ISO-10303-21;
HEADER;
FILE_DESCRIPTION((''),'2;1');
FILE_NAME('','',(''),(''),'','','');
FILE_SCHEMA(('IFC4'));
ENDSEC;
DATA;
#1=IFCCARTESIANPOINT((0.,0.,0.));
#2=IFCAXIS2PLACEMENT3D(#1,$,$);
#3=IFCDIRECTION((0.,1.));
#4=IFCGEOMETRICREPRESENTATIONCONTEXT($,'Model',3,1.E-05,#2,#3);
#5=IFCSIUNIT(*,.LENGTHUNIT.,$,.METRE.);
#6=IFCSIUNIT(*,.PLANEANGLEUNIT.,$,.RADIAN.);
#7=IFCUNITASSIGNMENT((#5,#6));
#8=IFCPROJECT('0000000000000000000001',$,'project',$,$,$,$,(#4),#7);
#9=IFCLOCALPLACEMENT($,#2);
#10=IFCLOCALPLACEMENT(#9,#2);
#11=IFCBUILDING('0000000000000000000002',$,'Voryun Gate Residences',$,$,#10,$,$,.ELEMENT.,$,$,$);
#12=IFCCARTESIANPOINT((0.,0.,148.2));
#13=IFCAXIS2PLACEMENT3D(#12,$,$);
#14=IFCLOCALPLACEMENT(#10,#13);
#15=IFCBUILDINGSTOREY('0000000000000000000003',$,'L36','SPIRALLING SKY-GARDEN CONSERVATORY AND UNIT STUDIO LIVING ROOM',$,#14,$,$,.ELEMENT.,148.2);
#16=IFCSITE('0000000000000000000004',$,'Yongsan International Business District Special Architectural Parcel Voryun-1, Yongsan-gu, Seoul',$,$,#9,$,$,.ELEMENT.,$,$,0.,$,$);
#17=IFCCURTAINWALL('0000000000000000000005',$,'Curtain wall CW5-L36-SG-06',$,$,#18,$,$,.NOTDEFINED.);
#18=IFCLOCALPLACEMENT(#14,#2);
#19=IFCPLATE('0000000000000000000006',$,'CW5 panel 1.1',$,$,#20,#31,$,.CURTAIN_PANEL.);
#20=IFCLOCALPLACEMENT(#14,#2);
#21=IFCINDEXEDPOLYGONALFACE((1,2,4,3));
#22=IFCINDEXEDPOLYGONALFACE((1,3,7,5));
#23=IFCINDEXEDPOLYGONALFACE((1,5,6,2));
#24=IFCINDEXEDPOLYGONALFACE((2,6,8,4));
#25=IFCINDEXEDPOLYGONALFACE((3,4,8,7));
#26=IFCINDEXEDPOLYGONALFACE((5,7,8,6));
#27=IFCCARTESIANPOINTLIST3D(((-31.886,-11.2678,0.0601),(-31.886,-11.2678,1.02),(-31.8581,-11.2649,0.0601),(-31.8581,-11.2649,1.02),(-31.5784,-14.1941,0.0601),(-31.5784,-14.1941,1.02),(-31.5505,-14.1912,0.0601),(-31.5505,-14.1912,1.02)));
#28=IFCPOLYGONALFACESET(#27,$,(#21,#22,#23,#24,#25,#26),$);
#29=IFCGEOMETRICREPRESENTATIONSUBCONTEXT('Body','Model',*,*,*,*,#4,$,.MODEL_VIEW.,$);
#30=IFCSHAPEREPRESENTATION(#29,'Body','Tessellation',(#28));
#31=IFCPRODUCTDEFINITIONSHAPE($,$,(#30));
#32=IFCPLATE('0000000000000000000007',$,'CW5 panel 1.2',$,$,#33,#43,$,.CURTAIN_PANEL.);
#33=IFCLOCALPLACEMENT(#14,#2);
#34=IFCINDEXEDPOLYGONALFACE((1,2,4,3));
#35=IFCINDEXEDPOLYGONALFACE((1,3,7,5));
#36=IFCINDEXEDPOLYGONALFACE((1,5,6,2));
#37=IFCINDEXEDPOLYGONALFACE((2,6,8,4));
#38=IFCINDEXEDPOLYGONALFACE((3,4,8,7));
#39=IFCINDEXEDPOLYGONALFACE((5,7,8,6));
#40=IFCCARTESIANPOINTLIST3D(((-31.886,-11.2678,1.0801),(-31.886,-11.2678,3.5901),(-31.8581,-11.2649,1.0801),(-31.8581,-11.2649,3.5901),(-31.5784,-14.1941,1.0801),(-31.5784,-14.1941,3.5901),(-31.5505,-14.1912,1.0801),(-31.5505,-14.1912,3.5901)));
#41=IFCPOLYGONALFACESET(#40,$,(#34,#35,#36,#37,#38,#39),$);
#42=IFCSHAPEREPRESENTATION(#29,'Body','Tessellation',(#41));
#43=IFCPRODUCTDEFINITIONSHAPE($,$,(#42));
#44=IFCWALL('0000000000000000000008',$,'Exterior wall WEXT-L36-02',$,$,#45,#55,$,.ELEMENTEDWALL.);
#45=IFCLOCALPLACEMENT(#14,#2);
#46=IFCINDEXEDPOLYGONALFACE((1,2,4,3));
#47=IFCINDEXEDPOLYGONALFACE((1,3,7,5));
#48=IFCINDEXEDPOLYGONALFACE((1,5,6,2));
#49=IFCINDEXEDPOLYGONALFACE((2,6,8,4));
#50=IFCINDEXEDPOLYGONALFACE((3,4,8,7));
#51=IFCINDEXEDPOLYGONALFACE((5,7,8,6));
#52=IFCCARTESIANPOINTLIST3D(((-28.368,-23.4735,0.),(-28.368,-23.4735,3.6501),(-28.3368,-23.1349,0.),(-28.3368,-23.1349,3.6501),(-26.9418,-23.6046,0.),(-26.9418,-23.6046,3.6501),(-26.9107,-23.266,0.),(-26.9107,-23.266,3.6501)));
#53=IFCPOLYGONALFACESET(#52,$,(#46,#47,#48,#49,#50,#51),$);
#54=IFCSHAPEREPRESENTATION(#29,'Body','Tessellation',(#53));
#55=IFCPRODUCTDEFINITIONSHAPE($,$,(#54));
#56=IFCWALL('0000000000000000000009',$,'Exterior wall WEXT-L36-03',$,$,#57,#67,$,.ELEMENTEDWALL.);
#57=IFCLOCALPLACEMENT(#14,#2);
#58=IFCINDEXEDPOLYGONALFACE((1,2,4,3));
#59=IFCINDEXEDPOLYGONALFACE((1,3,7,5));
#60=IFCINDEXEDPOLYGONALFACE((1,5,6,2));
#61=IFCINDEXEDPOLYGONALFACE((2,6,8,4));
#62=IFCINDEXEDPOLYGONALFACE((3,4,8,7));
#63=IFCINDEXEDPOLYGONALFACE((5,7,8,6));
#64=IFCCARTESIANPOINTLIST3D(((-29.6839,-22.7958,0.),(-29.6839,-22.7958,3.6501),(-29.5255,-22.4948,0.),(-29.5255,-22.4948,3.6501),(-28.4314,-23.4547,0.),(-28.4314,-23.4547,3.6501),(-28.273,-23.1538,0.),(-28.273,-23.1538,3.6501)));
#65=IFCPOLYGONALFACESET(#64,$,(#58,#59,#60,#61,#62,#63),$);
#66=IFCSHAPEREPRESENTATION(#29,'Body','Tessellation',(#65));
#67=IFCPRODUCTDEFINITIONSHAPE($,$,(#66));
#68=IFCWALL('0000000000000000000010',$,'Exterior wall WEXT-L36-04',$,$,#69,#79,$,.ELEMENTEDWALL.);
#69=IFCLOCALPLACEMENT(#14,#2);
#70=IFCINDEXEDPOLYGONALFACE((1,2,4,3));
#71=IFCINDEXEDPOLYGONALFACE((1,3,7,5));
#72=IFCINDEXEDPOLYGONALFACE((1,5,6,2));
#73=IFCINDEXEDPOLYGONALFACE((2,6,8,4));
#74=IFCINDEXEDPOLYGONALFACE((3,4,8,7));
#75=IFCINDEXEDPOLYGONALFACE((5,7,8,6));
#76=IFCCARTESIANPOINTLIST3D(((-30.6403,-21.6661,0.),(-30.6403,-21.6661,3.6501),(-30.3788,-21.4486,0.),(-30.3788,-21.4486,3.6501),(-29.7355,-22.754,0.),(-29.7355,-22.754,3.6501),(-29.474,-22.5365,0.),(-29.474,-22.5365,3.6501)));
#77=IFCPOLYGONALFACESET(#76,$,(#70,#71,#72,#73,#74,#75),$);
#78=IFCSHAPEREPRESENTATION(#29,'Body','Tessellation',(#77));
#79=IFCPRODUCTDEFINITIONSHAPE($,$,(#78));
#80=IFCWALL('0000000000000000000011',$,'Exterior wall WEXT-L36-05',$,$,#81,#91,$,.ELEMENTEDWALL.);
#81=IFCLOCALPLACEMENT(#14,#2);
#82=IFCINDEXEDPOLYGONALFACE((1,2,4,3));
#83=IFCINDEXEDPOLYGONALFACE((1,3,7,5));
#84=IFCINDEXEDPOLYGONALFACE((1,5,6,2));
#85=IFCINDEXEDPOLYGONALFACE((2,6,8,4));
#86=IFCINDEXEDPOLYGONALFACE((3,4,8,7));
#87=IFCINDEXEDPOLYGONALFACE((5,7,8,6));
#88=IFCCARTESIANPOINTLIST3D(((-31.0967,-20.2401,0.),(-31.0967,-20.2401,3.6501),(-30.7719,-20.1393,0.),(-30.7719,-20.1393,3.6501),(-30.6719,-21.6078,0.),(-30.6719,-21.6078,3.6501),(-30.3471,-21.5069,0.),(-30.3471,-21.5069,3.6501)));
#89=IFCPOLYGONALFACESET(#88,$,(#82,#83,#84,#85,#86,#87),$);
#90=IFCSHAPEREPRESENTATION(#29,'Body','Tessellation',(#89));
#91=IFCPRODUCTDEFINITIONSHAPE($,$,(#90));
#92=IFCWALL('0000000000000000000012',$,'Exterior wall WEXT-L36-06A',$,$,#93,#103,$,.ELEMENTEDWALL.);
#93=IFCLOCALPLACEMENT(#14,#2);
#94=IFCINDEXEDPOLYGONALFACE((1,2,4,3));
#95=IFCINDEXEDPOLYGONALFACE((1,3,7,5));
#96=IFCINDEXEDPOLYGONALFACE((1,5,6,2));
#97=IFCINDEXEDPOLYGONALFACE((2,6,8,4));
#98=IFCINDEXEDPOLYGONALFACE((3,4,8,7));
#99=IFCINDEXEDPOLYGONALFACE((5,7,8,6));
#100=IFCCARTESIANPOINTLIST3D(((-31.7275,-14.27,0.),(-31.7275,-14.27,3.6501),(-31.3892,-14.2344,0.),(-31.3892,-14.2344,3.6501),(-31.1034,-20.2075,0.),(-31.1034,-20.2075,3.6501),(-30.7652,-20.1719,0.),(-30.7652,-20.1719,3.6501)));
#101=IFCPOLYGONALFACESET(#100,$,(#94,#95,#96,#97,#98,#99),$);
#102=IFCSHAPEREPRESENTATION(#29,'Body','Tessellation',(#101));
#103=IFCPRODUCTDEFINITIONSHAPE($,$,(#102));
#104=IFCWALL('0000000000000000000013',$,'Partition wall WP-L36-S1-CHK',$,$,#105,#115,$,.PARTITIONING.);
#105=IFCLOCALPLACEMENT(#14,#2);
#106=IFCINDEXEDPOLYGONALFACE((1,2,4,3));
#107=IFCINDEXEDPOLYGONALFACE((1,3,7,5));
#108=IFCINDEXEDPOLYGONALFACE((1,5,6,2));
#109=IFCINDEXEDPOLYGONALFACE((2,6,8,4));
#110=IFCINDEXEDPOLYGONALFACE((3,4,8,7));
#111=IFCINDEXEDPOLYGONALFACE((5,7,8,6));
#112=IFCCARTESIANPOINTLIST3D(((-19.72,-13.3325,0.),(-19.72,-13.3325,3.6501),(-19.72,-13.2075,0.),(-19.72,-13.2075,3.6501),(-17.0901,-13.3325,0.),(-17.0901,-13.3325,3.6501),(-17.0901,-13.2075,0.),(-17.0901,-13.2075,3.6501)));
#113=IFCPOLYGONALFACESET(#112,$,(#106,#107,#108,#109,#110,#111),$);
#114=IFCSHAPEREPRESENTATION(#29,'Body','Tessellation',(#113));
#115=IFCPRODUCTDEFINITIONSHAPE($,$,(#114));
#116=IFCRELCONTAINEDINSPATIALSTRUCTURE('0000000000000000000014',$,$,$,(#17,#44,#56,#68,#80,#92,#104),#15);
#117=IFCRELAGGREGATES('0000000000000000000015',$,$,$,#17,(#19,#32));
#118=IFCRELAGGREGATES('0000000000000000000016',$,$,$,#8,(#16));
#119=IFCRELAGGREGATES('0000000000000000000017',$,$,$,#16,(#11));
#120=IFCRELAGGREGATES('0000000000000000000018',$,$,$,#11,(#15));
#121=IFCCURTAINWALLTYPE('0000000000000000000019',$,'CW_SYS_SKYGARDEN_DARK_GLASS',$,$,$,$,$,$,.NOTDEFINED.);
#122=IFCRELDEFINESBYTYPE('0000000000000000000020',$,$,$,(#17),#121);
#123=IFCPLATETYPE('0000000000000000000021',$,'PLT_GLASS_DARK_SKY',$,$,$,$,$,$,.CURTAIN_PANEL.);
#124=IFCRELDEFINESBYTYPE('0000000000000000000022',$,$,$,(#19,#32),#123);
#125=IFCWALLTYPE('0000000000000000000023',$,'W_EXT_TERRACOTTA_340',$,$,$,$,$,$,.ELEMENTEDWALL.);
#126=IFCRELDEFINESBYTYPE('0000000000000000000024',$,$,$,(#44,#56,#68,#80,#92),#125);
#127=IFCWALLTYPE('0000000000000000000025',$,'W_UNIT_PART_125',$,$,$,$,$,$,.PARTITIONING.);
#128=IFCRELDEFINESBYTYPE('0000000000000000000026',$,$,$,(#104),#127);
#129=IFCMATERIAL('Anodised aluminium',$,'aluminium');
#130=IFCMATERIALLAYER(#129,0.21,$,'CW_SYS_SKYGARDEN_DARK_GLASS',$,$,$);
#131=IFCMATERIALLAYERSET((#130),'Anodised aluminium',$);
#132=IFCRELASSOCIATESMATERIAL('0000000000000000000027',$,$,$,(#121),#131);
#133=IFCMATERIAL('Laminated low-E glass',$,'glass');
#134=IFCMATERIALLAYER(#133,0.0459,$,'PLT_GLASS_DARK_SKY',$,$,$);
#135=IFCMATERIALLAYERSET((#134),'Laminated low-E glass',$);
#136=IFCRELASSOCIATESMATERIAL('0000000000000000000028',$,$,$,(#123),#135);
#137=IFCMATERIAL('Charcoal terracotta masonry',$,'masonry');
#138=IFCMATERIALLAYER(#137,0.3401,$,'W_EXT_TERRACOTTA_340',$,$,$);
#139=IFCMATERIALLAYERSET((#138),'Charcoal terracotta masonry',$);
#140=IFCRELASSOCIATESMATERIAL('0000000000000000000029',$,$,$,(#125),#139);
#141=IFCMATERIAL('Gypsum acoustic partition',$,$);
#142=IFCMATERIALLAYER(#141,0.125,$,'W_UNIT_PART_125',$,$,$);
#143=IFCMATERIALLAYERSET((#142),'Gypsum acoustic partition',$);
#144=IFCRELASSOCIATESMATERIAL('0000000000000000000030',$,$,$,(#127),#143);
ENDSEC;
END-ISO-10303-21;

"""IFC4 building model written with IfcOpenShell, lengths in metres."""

from ifc_helpers import new_model, si_unit, direction, frame, frame_2d, origin, origin_2d, place, context, subcontext, project, spatial, rectangle, extrude, material, layer, layer_set, type_object, element, aggregate, save


model = new_model("IFC4")

# Units and contexts
model_context = context("Model", 3, precision=1e-05, world=origin(), true_north=direction((0.0, 1.0)))
body_context = subcontext(model_context, "Body", "Model", "MODEL_VIEW")
ifc_project = project(units=[si_unit("LENGTHUNIT", "METRE"), si_unit("PLANEANGLEUNIT", "RADIAN")], contexts=[model_context])

# Site, building, storey
site_placement = place(None, origin())
site = spatial("IfcSite", under=ifc_project, at=site_placement, Name="Yongsan International Business District Special Architectural Parcel Voryun-1, Yongsan-gu, Seoul", CompositionType="ELEMENT", RefElevation=0.0)
building_placement = place(site_placement, origin())
building = spatial("IfcBuilding", under=site, at=building_placement, Name="Voryun Gate Residences", CompositionType="ELEMENT")
storey_placement = place(building_placement, frame((0.0, 0.0, 148.2)))
storey = spatial("IfcBuildingStorey", under=building, at=storey_placement, Name="L36", Description="SPIRALLING SKY-GARDEN CONSERVATORY AND UNIT STUDIO LIVING ROOM", CompositionType="ELEMENT", Elevation=148.2)

# Curtain wall, plates
ifc_material_1 = material(Name="Anodised aluminium", Category="aluminium")
ifc_layer_1 = layer(ifc_material_1, 0.21, Name="CW_SYS_SKYGARDEN_DARK_GLASS")
ifc_layer_set_1 = layer_set([ifc_layer_1], Name="Anodised aluminium")
curtain_wall_type = type_object("IfcCurtainWallType", Name="CW_SYS_SKYGARDEN_DARK_GLASS", PredefinedType="NOTDEFINED", material=ifc_layer_set_1)
curtain_wall_placement = place(storey_placement, origin())
curtain_wall = element("IfcCurtainWall", 1, at=curtain_wall_placement, inside=storey, type_object=curtain_wall_type, Name="Curtain wall CW5-L36-SG-06", PredefinedType="NOTDEFINED")
ifc_material_2 = material(Name="Laminated low-E glass", Category="glass")
ifc_layer_2 = layer(ifc_material_2, 0.0459, Name="PLT_GLASS_DARK_SKY")
ifc_layer_set_2 = layer_set([ifc_layer_2], Name="Laminated low-E glass")
plate_type = type_object("IfcPlateType", Name="PLT_GLASS_DARK_SKY", PredefinedType="CURTAIN_PANEL", material=ifc_layer_set_2)
plate_1_placement = place(storey_placement, frame((-31.7183, -12.7295, 0.0601), z_axis=(0.0, 0.0, 1.0), x_axis=(-0.10453, 0.994522, 0.0)))
plate_1 = element("IfcPlate", 2, at=plate_1_placement, type_object=plate_type, Name="CW5 panel 1.1", PredefinedType="CURTAIN_PANEL", context=body_context, shape_type="SweptSolid", body=[
    extrude(rectangle(XDim=2.9424, YDim=0.0281, at=origin_2d()), origin(), (0.0, 0.0, 1.0), 0.96),
])
plate_2_placement = place(storey_placement, frame((-31.7183, -12.7295, 1.0801), z_axis=(0.0, 0.0, 1.0), x_axis=(-0.10453, 0.994522, 0.0)))
plate_2 = element("IfcPlate", 3, at=plate_2_placement, type_object=plate_type, Name="CW5 panel 1.2", PredefinedType="CURTAIN_PANEL", context=body_context, shape_type="SweptSolid", body=[
    extrude(rectangle(XDim=2.9424, YDim=0.0281, at=origin_2d()), origin(), (0.0, 0.0, 1.0), 2.51),
])
aggregate(curtain_wall, [plate_1, plate_2])

# Walls
ifc_material_3 = material(Name="Charcoal terracotta masonry", Category="masonry")
ifc_layer_3 = layer(ifc_material_3, 0.3401, Name="W_EXT_TERRACOTTA_340")
ifc_layer_set_3 = layer_set([ifc_layer_3], Name="Charcoal terracotta masonry")
wall_type_1 = type_object("IfcWallType", Name="W_EXT_TERRACOTTA_340", PredefinedType="ELEMENTEDWALL", material=ifc_layer_set_3)
wall_1_placement = place(storey_placement, frame((-26.9263, -23.4353, 0.0), z_axis=(0.0, 0.0, 1.0), x_axis=(-0.9958, 0.09155, 0.0)))
element("IfcWall", 4, at=wall_1_placement, inside=storey, type_object=wall_type_1, Name="Exterior wall WEXT-L36-02", PredefinedType="ELEMENTEDWALL", context=body_context, shape_type="SweptSolid", body=[
    extrude(rectangle(XDim=1.4321, YDim=0.3401, at=frame_2d((0.7161, 0.0))), origin(), (0.0, 0.0, 1.0), 3.6501),
])
wall_2_placement = place(storey_placement, frame((-28.3523, -23.3042, 0.0), z_axis=(0.0, 0.0, 1.0), x_axis=(-0.884989, 0.465611, 0.0)))
element("IfcWall", 5, at=wall_2_placement, inside=storey, type_object=wall_type_1, Name="Exterior wall WEXT-L36-03", PredefinedType="ELEMENTEDWALL", context=body_context, shape_type="SweptSolid", body=[
    extrude(rectangle(XDim=1.4153, YDim=0.3401, at=frame_2d((0.7075, 0.0))), origin(), (0.0, 0.0, 1.0), 3.6501),
])
wall_3_placement = place(storey_placement, frame((-29.6047, -22.6453, 0.0), z_axis=(0.0, 0.0, 1.0), x_axis=(-0.639437, 0.768843, 0.0)))
element("IfcWall", 6, at=wall_3_placement, inside=storey, type_object=wall_type_1, Name="Exterior wall WEXT-L36-04", PredefinedType="ELEMENTEDWALL", context=body_context, shape_type="SweptSolid", body=[
    extrude(rectangle(XDim=1.415, YDim=0.3401, at=frame_2d((0.7075, 0.0))), origin(), (0.0, 0.0, 1.0), 3.6501),
])
wall_4_placement = place(storey_placement, frame((-30.5095, -21.5574, 0.0), z_axis=(0.0, 0.0, 1.0), x_axis=(-0.296624, 0.954994, 0.0)))
element("IfcWall", 7, at=wall_4_placement, inside=storey, type_object=wall_type_1, Name="Exterior wall WEXT-L36-05", PredefinedType="ELEMENTEDWALL", context=body_context, shape_type="SweptSolid", body=[
    extrude(rectangle(XDim=1.4321, YDim=0.3401, at=frame_2d((0.7161, 0.0))), origin(), (0.0, 0.0, 1.0), 3.6501),
])
wall_5_placement = place(storey_placement, frame((-30.9343, -20.1897, 0.0), z_axis=(0.0, 0.0, 1.0), x_axis=(-0.104523, 0.994522, 0.0)))
element("IfcWall", 8, at=wall_5_placement, inside=storey, type_object=wall_type_1, Name="Exterior wall WEXT-L36-06A", PredefinedType="ELEMENTEDWALL", context=body_context, shape_type="SweptSolid", body=[
    extrude(rectangle(XDim=5.9702, YDim=0.3401, at=frame_2d((2.9851, 0.0))), origin(), (0.0, 0.0, 1.0), 3.6501),
])
ifc_material_4 = material(Name="Gypsum acoustic partition")
ifc_layer_4 = layer(ifc_material_4, 0.125, Name="W_UNIT_PART_125")
ifc_layer_set_4 = layer_set([ifc_layer_4], Name="Gypsum acoustic partition")
wall_type_2 = type_object("IfcWallType", Name="W_UNIT_PART_125", PredefinedType="PARTITIONING", material=ifc_layer_set_4)
wall_6_placement = place(storey_placement, frame((-19.72, -13.27, 0.0), z_axis=(0.0, 0.0, 1.0), x_axis=(1.0, 0.0, 0.0)))
element("IfcWall", 9, at=wall_6_placement, inside=storey, type_object=wall_type_2, Name="Partition wall WP-L36-S1-CHK", PredefinedType="PARTITIONING", context=body_context, shape_type="SweptSolid", body=[
    extrude(rectangle(XDim=2.6299, YDim=0.125, at=frame_2d((1.3149, 0.0))), origin(), (0.0, 0.0, 1.0), 3.6501),
])

save(model, "model.ifc")
